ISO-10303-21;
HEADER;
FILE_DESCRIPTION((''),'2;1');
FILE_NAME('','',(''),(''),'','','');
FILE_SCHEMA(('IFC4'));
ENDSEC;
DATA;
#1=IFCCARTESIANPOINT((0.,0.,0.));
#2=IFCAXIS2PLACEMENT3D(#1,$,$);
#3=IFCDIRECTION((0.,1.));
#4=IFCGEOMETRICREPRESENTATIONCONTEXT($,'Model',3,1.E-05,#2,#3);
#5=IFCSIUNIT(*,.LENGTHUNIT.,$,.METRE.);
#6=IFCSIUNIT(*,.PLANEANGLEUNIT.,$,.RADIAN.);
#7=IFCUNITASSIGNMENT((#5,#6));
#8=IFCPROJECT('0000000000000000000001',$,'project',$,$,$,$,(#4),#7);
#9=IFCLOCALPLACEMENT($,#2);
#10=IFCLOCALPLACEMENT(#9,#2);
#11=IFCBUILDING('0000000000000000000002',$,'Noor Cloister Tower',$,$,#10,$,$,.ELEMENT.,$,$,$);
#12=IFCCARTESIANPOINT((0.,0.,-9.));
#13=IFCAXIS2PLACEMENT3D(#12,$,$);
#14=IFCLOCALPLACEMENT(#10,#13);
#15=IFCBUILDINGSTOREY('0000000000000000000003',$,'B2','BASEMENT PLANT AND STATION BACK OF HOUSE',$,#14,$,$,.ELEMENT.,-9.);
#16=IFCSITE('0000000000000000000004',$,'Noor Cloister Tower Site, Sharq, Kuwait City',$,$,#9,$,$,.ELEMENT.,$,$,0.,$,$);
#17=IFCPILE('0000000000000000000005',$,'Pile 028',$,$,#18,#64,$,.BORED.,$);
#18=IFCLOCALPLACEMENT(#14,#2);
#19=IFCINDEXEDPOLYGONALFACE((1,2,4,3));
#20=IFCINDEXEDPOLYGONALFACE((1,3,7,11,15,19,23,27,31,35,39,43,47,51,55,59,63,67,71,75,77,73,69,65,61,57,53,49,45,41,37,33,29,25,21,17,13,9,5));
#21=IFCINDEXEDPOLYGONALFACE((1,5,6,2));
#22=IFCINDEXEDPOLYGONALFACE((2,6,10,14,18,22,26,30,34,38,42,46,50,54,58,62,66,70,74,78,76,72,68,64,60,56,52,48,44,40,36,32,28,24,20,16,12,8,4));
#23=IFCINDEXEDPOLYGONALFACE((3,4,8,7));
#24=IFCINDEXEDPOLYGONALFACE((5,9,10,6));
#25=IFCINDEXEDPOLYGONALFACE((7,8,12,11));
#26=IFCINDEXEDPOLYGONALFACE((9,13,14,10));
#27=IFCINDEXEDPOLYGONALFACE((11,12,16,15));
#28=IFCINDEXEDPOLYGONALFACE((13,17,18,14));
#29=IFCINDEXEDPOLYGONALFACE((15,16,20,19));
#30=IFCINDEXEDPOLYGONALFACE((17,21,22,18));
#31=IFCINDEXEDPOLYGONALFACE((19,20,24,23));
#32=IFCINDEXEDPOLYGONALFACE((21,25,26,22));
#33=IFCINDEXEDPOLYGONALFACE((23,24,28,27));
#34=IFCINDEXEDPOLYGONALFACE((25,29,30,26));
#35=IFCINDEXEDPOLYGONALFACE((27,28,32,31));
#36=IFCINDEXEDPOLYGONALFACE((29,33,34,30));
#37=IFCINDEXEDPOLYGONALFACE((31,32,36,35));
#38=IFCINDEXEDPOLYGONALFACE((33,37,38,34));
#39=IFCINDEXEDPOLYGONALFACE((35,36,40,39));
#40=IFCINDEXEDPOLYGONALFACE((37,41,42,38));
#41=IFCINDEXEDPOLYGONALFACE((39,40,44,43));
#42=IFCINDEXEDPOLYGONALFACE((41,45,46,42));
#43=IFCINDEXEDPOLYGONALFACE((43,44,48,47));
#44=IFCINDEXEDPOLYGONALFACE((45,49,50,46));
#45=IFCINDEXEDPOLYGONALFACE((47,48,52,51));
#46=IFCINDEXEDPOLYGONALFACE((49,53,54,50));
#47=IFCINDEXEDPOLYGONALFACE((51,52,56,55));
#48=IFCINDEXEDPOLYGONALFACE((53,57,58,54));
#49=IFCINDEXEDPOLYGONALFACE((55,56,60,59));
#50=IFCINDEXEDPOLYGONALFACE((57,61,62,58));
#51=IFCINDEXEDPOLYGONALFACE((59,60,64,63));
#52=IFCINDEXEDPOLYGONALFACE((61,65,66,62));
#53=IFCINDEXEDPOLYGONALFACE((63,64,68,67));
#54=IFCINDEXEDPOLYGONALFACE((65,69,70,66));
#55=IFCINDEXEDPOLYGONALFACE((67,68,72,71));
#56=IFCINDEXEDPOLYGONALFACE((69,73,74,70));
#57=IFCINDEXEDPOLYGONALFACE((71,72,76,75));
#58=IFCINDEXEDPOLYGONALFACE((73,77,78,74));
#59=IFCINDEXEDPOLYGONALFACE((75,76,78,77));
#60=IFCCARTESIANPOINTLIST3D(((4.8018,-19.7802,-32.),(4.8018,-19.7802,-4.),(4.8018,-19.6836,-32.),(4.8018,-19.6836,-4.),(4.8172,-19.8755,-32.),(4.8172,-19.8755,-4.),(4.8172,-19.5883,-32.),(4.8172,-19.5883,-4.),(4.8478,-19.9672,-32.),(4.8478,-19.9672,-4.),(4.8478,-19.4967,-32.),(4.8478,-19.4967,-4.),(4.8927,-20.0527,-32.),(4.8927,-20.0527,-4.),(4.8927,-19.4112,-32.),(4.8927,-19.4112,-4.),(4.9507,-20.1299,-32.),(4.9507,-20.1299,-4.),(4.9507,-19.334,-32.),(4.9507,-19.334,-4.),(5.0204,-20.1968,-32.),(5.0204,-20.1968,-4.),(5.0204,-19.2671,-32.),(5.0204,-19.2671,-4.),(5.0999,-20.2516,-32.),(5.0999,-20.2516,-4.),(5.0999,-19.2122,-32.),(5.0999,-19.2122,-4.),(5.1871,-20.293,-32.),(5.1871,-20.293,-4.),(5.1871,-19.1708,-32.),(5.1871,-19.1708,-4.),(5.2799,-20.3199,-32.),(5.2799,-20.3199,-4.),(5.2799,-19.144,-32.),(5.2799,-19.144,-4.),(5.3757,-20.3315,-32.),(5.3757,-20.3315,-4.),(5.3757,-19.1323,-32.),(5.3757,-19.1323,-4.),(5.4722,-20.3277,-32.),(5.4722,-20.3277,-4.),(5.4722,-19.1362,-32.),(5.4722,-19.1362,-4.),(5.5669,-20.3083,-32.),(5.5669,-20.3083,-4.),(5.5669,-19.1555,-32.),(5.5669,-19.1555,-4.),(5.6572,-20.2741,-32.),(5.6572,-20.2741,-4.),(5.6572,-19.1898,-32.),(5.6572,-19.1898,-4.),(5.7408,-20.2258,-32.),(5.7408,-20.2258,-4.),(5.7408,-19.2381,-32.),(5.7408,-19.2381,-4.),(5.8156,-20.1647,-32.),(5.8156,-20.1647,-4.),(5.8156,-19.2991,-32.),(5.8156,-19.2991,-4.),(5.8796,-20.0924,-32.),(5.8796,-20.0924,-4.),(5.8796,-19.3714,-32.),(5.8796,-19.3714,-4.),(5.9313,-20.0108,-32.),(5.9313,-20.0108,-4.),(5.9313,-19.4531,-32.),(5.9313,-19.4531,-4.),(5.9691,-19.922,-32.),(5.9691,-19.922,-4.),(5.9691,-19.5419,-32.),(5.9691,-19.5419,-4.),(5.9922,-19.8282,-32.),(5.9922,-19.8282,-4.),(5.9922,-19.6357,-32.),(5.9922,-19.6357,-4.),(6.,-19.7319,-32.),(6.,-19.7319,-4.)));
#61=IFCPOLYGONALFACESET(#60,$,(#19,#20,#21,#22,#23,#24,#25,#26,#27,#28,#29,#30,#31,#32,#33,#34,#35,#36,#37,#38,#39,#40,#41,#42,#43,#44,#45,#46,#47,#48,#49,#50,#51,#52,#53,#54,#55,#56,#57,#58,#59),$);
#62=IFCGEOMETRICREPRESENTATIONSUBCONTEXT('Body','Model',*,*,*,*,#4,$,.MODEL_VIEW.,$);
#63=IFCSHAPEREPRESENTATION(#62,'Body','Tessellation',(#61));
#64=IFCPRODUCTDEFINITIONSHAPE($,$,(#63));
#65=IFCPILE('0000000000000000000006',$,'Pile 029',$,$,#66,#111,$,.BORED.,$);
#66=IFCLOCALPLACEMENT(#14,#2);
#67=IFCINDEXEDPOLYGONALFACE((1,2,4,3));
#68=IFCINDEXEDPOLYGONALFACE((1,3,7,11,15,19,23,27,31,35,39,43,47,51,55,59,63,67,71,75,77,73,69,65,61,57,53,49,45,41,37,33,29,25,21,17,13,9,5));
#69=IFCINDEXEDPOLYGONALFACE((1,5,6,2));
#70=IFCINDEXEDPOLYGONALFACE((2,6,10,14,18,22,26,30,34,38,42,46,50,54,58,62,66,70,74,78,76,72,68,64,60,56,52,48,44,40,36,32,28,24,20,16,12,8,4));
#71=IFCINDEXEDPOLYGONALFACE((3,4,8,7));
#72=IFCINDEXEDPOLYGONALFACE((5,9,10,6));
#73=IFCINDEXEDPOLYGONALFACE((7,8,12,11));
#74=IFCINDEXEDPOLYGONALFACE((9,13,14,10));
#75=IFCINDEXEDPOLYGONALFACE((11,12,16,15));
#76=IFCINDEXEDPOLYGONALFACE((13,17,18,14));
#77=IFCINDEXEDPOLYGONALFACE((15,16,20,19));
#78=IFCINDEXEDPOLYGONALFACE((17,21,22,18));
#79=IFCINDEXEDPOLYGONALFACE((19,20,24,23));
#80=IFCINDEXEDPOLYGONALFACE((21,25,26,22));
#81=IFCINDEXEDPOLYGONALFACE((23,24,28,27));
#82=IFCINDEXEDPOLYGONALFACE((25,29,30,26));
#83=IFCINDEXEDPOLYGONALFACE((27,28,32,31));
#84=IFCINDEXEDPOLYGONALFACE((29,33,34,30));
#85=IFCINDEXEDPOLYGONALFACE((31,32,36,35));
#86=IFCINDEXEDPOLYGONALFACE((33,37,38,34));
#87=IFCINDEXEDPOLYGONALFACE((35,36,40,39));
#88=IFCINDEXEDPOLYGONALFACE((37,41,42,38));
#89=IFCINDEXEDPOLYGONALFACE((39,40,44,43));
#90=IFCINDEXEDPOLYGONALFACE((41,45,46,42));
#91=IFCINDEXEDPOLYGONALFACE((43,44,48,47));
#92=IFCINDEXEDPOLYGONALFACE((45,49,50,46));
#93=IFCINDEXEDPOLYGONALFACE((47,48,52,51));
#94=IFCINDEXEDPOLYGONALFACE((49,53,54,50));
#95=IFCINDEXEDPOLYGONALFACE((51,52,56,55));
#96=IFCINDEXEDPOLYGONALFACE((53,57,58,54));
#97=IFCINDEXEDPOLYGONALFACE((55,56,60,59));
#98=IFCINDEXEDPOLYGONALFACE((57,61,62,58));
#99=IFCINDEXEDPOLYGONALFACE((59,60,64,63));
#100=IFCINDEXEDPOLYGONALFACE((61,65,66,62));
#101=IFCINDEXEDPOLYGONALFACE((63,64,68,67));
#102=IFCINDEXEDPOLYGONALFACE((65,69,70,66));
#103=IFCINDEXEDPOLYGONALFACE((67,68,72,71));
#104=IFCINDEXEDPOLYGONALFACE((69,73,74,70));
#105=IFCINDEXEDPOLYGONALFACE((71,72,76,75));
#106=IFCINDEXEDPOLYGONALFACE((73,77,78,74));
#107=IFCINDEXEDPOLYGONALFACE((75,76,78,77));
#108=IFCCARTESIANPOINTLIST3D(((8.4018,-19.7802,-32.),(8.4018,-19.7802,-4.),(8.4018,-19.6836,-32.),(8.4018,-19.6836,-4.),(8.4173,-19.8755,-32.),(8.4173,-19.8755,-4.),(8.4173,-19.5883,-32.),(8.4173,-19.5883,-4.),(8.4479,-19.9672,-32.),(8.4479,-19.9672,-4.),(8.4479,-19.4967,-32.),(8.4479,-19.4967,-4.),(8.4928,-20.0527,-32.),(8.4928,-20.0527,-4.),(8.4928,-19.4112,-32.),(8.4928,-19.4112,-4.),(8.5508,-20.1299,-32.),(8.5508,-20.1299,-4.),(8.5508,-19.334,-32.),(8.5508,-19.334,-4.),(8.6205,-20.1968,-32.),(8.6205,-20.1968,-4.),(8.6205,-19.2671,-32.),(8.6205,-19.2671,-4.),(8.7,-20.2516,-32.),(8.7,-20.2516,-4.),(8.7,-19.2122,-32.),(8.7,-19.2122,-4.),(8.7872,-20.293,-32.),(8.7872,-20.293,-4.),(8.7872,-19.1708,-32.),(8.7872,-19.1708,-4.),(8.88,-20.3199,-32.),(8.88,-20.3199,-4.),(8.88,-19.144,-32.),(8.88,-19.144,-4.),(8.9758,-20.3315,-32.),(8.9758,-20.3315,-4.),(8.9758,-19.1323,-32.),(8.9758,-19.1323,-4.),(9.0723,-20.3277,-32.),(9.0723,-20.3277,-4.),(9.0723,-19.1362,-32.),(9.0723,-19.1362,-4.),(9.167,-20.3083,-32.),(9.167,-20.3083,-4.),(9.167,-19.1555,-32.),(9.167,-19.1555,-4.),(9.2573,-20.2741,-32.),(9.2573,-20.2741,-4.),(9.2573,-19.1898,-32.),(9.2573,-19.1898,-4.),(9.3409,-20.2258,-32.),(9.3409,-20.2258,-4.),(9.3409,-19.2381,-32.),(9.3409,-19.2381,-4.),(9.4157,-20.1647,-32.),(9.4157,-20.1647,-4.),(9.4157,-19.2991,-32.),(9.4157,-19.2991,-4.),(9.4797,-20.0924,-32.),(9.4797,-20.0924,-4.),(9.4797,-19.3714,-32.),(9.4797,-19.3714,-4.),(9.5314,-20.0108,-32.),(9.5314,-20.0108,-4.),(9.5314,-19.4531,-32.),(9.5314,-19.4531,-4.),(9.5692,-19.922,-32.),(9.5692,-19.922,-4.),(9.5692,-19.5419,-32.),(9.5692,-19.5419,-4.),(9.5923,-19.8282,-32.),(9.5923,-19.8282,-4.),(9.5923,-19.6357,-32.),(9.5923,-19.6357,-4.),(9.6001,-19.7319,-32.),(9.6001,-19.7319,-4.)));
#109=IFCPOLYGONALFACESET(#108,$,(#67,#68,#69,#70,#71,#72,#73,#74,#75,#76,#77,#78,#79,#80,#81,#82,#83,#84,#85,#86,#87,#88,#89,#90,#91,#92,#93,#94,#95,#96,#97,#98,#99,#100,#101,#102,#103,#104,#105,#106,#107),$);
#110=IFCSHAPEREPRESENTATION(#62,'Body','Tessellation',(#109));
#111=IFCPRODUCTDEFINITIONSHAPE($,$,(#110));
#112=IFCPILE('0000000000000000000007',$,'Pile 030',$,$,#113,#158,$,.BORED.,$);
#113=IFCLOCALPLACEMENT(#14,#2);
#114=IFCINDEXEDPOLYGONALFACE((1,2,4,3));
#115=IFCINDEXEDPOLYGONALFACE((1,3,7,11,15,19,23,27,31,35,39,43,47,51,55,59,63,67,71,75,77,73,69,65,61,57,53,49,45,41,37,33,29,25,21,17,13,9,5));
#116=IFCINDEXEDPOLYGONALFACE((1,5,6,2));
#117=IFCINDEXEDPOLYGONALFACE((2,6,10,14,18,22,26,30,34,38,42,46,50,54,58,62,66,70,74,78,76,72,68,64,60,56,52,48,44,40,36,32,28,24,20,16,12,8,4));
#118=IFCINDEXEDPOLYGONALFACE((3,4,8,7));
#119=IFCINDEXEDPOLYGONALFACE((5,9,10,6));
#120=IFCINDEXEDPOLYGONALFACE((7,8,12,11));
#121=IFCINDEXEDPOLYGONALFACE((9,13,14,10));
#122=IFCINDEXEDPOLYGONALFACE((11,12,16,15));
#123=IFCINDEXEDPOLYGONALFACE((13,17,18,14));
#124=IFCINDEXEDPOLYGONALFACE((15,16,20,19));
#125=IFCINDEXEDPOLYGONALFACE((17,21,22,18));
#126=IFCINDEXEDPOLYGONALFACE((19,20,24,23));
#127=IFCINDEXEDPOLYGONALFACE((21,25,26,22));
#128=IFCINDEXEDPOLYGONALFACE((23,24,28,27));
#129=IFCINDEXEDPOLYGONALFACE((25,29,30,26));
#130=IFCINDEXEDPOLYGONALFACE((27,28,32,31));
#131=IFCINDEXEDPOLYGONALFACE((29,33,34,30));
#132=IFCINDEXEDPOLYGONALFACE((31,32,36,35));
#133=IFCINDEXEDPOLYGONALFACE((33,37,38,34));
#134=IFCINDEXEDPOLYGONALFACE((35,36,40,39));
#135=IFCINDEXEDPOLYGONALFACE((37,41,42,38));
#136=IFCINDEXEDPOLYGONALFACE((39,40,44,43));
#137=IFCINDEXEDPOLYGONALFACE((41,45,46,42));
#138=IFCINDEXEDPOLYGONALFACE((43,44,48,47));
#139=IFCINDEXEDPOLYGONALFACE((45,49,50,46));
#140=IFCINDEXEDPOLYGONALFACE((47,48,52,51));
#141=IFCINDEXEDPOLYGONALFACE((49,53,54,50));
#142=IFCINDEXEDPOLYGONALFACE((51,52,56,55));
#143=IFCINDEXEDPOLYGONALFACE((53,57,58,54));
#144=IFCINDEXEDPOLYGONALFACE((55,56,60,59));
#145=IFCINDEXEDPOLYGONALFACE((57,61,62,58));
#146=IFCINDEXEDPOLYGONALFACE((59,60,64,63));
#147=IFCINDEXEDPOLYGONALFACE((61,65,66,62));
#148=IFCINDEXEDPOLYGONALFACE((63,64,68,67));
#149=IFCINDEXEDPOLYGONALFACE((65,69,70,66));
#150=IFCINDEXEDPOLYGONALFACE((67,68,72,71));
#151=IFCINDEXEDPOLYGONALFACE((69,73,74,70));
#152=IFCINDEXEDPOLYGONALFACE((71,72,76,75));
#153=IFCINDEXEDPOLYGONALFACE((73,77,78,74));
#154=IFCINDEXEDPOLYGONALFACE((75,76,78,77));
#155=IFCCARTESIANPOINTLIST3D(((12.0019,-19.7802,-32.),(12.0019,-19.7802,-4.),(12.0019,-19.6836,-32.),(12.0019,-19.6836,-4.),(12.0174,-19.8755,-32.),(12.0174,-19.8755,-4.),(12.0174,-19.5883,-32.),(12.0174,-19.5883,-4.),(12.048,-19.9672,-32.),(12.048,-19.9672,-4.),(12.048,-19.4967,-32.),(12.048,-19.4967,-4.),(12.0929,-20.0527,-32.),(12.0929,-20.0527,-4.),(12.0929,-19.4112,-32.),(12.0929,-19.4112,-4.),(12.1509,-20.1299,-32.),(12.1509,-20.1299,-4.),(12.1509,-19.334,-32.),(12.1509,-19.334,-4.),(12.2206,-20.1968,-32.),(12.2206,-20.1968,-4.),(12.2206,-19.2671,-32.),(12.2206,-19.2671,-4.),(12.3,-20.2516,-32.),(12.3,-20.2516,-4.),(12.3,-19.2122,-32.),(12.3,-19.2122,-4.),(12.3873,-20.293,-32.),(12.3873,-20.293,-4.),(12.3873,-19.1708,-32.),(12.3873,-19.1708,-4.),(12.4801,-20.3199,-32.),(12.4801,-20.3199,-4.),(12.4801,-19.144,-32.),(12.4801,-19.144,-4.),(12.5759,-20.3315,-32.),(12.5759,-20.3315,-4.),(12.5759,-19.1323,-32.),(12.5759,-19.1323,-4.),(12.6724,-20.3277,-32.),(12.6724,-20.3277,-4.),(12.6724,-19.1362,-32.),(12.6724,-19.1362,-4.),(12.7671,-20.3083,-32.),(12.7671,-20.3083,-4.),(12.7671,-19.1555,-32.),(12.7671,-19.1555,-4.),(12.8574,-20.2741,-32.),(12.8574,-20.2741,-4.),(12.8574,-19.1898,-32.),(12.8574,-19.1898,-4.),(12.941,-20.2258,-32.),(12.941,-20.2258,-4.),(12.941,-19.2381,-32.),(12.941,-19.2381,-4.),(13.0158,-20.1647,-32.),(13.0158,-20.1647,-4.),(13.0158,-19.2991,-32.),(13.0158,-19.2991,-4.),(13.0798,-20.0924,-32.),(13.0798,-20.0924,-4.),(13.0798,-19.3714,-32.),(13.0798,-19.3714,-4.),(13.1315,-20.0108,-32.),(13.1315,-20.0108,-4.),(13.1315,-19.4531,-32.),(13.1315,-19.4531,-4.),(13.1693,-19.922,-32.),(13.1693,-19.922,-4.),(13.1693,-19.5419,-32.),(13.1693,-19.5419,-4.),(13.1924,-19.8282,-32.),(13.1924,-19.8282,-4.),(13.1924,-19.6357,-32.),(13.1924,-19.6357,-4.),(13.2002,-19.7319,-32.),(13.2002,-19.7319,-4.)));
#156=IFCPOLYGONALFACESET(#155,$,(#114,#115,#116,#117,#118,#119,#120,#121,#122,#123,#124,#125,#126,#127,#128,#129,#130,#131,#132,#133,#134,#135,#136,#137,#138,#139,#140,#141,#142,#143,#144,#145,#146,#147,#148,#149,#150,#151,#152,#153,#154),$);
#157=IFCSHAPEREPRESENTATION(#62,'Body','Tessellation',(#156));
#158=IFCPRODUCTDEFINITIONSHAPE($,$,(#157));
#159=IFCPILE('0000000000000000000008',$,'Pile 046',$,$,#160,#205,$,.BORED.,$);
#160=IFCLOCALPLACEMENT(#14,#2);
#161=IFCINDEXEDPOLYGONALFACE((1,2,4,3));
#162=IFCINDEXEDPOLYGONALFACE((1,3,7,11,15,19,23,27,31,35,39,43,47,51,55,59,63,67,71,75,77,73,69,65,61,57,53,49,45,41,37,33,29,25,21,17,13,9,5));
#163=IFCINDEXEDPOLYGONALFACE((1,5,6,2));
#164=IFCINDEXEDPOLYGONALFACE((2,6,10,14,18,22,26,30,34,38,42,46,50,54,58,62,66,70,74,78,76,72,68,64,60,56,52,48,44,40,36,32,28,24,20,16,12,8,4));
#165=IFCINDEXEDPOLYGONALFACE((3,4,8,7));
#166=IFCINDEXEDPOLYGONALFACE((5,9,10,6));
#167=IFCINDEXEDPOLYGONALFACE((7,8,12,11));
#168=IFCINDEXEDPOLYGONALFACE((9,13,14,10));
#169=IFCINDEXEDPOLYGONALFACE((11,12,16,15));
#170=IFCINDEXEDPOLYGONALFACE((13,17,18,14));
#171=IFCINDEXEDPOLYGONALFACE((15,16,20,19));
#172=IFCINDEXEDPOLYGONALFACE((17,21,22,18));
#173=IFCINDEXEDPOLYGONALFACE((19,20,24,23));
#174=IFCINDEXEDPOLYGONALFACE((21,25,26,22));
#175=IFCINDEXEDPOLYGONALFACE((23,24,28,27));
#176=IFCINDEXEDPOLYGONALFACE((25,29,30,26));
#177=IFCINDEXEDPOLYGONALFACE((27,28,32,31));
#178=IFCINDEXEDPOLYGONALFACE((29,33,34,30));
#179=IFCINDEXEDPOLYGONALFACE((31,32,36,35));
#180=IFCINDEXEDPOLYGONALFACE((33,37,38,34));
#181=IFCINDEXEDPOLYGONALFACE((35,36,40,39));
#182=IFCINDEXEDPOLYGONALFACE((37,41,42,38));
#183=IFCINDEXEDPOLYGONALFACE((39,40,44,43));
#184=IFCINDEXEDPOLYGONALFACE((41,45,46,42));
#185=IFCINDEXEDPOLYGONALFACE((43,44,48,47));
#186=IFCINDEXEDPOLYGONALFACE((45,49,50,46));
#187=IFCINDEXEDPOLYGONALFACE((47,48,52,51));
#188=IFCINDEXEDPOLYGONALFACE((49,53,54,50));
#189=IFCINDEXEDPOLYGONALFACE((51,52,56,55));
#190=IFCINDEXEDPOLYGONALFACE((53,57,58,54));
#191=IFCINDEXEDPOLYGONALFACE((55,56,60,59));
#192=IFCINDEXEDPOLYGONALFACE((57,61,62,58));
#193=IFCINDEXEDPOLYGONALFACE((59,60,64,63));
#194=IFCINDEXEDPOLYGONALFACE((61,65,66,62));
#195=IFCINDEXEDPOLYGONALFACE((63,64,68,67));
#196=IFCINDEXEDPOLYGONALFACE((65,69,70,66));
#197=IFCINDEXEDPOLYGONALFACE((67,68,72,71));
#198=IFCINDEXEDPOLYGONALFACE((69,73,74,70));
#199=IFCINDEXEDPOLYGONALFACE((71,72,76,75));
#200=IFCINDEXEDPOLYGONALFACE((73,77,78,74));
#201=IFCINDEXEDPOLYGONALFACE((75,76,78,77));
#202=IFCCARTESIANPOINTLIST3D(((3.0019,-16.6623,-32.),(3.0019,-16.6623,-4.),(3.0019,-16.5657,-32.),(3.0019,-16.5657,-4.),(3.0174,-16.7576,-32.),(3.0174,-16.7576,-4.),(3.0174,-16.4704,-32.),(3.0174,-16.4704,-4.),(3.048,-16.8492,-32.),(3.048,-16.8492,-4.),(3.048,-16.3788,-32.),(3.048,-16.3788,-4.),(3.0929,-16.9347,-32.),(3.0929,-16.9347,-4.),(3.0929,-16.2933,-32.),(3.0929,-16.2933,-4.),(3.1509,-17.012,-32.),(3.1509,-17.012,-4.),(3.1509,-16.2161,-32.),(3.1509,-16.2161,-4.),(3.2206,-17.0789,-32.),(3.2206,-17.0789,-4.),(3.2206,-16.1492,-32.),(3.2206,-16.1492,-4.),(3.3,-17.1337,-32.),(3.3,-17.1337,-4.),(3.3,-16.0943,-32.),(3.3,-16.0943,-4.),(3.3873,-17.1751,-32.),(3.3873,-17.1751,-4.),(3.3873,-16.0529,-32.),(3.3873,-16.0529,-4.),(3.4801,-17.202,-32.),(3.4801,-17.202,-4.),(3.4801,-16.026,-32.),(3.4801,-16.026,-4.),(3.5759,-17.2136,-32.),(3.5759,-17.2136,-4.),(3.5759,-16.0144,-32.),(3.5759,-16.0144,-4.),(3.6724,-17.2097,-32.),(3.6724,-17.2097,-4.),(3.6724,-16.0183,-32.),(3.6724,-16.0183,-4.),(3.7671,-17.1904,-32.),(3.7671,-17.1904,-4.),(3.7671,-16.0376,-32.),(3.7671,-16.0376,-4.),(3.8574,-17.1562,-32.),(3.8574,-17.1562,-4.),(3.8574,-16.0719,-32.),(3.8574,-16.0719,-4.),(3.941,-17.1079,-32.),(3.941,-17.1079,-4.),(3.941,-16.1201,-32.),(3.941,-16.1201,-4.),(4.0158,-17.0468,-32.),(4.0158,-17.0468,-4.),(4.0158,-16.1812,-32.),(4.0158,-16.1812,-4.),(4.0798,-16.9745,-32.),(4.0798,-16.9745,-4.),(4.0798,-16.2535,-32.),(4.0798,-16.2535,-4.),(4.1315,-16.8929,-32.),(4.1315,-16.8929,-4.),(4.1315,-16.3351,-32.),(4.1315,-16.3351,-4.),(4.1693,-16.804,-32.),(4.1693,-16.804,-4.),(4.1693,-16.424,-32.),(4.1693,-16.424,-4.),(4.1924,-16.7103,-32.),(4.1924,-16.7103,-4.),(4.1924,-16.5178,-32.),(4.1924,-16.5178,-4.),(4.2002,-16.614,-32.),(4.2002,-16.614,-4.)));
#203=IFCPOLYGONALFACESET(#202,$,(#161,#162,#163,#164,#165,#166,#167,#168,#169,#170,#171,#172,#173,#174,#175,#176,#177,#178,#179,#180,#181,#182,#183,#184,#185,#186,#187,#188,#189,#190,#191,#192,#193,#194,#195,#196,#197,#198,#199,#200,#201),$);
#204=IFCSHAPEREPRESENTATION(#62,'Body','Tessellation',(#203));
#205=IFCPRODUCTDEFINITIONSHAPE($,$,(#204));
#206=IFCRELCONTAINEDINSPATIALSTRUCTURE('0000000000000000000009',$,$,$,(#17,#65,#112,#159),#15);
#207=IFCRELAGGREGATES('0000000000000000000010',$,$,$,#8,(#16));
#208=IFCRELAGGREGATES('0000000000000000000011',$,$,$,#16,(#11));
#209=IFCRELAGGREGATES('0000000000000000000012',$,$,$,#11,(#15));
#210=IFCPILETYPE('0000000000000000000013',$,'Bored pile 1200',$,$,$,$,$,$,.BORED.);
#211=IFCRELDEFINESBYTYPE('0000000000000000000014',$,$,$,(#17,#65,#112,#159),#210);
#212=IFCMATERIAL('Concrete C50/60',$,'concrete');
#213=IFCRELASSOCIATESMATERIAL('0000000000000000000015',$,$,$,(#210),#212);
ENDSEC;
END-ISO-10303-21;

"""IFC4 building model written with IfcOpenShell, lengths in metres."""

from ifc_helpers import new_model, si_unit, direction, frame, origin, origin_2d, place, context, subcontext, project, spatial, circle, extrude, material, material_profile, profile_set, type_object, element, save


model = new_model("IFC4")

# Units and contexts
model_context = context("Model", 3, precision=1e-05, world=origin(), true_north=direction((0.0, 1.0)))
body_context = subcontext(model_context, "Body", "Model", "MODEL_VIEW")
ifc_project = project(units=[si_unit("LENGTHUNIT", "METRE"), si_unit("PLANEANGLEUNIT", "RADIAN")], contexts=[model_context])

# Site, building, storey
site_placement = place(None, origin())
site = spatial("IfcSite", under=ifc_project, at=site_placement, Name="Noor Cloister Tower Site, Sharq, Kuwait City", CompositionType="ELEMENT", RefElevation=0.0)
building_placement = place(site_placement, origin())
building = spatial("IfcBuilding", under=site, at=building_placement, Name="Noor Cloister Tower", CompositionType="ELEMENT")
storey_placement = place(building_placement, frame((0.0, 0.0, -9.0)))
storey = spatial("IfcBuildingStorey", under=building, at=storey_placement, Name="B2", Description="BASEMENT PLANT AND STATION BACK OF HOUSE", CompositionType="ELEMENT", Elevation=-9.0)

# Piles
ifc_material_1 = material(Name="Concrete C50/60", Category="concrete")
ifc_material_profile_1 = material_profile(ifc_material_1, circle(Radius=0.6001, at=origin_2d()), Name="Bored pile 1200")
ifc_profile_set_1 = profile_set([ifc_material_profile_1], Name="Concrete C50/60")
pile_type = type_object("IfcPileType", Name="Bored pile 1200", PredefinedType="BORED", material=ifc_profile_set_1)
for number, where, z_axis, x_axis, name in (
    (1, (5.3999, -19.7319, -4.0), (0.0, 0.0, -1.0), (1.0, 0.0, 0.0), "Pile 028"),
    (2, (9.0, -19.7319, -4.0), (0.0, 0.0, -1.0), (1.0, 0.0, 0.0), "Pile 029"),
    (3, (12.6001, -19.7319, -4.0), (0.0, 0.0, -1.0), (1.0, 0.0, 0.0), "Pile 030"),
    (4, (3.6001, -16.614, -4.0), (0.0, 0.0, -1.0), (1.0, 0.0, 0.0), "Pile 046"),
):
    element("IfcPile", number, at=place(storey_placement, frame(where, z_axis=z_axis, x_axis=x_axis)), inside=storey, type_object=pile_type, Name=name, PredefinedType="BORED", context=body_context, shape_type="SweptSolid", body=[
        extrude(circle(Radius=0.6001, at=origin_2d()), origin(), (0.0, 0.0, 1.0), 28.0),
    ])

save(model, "model.ifc")
